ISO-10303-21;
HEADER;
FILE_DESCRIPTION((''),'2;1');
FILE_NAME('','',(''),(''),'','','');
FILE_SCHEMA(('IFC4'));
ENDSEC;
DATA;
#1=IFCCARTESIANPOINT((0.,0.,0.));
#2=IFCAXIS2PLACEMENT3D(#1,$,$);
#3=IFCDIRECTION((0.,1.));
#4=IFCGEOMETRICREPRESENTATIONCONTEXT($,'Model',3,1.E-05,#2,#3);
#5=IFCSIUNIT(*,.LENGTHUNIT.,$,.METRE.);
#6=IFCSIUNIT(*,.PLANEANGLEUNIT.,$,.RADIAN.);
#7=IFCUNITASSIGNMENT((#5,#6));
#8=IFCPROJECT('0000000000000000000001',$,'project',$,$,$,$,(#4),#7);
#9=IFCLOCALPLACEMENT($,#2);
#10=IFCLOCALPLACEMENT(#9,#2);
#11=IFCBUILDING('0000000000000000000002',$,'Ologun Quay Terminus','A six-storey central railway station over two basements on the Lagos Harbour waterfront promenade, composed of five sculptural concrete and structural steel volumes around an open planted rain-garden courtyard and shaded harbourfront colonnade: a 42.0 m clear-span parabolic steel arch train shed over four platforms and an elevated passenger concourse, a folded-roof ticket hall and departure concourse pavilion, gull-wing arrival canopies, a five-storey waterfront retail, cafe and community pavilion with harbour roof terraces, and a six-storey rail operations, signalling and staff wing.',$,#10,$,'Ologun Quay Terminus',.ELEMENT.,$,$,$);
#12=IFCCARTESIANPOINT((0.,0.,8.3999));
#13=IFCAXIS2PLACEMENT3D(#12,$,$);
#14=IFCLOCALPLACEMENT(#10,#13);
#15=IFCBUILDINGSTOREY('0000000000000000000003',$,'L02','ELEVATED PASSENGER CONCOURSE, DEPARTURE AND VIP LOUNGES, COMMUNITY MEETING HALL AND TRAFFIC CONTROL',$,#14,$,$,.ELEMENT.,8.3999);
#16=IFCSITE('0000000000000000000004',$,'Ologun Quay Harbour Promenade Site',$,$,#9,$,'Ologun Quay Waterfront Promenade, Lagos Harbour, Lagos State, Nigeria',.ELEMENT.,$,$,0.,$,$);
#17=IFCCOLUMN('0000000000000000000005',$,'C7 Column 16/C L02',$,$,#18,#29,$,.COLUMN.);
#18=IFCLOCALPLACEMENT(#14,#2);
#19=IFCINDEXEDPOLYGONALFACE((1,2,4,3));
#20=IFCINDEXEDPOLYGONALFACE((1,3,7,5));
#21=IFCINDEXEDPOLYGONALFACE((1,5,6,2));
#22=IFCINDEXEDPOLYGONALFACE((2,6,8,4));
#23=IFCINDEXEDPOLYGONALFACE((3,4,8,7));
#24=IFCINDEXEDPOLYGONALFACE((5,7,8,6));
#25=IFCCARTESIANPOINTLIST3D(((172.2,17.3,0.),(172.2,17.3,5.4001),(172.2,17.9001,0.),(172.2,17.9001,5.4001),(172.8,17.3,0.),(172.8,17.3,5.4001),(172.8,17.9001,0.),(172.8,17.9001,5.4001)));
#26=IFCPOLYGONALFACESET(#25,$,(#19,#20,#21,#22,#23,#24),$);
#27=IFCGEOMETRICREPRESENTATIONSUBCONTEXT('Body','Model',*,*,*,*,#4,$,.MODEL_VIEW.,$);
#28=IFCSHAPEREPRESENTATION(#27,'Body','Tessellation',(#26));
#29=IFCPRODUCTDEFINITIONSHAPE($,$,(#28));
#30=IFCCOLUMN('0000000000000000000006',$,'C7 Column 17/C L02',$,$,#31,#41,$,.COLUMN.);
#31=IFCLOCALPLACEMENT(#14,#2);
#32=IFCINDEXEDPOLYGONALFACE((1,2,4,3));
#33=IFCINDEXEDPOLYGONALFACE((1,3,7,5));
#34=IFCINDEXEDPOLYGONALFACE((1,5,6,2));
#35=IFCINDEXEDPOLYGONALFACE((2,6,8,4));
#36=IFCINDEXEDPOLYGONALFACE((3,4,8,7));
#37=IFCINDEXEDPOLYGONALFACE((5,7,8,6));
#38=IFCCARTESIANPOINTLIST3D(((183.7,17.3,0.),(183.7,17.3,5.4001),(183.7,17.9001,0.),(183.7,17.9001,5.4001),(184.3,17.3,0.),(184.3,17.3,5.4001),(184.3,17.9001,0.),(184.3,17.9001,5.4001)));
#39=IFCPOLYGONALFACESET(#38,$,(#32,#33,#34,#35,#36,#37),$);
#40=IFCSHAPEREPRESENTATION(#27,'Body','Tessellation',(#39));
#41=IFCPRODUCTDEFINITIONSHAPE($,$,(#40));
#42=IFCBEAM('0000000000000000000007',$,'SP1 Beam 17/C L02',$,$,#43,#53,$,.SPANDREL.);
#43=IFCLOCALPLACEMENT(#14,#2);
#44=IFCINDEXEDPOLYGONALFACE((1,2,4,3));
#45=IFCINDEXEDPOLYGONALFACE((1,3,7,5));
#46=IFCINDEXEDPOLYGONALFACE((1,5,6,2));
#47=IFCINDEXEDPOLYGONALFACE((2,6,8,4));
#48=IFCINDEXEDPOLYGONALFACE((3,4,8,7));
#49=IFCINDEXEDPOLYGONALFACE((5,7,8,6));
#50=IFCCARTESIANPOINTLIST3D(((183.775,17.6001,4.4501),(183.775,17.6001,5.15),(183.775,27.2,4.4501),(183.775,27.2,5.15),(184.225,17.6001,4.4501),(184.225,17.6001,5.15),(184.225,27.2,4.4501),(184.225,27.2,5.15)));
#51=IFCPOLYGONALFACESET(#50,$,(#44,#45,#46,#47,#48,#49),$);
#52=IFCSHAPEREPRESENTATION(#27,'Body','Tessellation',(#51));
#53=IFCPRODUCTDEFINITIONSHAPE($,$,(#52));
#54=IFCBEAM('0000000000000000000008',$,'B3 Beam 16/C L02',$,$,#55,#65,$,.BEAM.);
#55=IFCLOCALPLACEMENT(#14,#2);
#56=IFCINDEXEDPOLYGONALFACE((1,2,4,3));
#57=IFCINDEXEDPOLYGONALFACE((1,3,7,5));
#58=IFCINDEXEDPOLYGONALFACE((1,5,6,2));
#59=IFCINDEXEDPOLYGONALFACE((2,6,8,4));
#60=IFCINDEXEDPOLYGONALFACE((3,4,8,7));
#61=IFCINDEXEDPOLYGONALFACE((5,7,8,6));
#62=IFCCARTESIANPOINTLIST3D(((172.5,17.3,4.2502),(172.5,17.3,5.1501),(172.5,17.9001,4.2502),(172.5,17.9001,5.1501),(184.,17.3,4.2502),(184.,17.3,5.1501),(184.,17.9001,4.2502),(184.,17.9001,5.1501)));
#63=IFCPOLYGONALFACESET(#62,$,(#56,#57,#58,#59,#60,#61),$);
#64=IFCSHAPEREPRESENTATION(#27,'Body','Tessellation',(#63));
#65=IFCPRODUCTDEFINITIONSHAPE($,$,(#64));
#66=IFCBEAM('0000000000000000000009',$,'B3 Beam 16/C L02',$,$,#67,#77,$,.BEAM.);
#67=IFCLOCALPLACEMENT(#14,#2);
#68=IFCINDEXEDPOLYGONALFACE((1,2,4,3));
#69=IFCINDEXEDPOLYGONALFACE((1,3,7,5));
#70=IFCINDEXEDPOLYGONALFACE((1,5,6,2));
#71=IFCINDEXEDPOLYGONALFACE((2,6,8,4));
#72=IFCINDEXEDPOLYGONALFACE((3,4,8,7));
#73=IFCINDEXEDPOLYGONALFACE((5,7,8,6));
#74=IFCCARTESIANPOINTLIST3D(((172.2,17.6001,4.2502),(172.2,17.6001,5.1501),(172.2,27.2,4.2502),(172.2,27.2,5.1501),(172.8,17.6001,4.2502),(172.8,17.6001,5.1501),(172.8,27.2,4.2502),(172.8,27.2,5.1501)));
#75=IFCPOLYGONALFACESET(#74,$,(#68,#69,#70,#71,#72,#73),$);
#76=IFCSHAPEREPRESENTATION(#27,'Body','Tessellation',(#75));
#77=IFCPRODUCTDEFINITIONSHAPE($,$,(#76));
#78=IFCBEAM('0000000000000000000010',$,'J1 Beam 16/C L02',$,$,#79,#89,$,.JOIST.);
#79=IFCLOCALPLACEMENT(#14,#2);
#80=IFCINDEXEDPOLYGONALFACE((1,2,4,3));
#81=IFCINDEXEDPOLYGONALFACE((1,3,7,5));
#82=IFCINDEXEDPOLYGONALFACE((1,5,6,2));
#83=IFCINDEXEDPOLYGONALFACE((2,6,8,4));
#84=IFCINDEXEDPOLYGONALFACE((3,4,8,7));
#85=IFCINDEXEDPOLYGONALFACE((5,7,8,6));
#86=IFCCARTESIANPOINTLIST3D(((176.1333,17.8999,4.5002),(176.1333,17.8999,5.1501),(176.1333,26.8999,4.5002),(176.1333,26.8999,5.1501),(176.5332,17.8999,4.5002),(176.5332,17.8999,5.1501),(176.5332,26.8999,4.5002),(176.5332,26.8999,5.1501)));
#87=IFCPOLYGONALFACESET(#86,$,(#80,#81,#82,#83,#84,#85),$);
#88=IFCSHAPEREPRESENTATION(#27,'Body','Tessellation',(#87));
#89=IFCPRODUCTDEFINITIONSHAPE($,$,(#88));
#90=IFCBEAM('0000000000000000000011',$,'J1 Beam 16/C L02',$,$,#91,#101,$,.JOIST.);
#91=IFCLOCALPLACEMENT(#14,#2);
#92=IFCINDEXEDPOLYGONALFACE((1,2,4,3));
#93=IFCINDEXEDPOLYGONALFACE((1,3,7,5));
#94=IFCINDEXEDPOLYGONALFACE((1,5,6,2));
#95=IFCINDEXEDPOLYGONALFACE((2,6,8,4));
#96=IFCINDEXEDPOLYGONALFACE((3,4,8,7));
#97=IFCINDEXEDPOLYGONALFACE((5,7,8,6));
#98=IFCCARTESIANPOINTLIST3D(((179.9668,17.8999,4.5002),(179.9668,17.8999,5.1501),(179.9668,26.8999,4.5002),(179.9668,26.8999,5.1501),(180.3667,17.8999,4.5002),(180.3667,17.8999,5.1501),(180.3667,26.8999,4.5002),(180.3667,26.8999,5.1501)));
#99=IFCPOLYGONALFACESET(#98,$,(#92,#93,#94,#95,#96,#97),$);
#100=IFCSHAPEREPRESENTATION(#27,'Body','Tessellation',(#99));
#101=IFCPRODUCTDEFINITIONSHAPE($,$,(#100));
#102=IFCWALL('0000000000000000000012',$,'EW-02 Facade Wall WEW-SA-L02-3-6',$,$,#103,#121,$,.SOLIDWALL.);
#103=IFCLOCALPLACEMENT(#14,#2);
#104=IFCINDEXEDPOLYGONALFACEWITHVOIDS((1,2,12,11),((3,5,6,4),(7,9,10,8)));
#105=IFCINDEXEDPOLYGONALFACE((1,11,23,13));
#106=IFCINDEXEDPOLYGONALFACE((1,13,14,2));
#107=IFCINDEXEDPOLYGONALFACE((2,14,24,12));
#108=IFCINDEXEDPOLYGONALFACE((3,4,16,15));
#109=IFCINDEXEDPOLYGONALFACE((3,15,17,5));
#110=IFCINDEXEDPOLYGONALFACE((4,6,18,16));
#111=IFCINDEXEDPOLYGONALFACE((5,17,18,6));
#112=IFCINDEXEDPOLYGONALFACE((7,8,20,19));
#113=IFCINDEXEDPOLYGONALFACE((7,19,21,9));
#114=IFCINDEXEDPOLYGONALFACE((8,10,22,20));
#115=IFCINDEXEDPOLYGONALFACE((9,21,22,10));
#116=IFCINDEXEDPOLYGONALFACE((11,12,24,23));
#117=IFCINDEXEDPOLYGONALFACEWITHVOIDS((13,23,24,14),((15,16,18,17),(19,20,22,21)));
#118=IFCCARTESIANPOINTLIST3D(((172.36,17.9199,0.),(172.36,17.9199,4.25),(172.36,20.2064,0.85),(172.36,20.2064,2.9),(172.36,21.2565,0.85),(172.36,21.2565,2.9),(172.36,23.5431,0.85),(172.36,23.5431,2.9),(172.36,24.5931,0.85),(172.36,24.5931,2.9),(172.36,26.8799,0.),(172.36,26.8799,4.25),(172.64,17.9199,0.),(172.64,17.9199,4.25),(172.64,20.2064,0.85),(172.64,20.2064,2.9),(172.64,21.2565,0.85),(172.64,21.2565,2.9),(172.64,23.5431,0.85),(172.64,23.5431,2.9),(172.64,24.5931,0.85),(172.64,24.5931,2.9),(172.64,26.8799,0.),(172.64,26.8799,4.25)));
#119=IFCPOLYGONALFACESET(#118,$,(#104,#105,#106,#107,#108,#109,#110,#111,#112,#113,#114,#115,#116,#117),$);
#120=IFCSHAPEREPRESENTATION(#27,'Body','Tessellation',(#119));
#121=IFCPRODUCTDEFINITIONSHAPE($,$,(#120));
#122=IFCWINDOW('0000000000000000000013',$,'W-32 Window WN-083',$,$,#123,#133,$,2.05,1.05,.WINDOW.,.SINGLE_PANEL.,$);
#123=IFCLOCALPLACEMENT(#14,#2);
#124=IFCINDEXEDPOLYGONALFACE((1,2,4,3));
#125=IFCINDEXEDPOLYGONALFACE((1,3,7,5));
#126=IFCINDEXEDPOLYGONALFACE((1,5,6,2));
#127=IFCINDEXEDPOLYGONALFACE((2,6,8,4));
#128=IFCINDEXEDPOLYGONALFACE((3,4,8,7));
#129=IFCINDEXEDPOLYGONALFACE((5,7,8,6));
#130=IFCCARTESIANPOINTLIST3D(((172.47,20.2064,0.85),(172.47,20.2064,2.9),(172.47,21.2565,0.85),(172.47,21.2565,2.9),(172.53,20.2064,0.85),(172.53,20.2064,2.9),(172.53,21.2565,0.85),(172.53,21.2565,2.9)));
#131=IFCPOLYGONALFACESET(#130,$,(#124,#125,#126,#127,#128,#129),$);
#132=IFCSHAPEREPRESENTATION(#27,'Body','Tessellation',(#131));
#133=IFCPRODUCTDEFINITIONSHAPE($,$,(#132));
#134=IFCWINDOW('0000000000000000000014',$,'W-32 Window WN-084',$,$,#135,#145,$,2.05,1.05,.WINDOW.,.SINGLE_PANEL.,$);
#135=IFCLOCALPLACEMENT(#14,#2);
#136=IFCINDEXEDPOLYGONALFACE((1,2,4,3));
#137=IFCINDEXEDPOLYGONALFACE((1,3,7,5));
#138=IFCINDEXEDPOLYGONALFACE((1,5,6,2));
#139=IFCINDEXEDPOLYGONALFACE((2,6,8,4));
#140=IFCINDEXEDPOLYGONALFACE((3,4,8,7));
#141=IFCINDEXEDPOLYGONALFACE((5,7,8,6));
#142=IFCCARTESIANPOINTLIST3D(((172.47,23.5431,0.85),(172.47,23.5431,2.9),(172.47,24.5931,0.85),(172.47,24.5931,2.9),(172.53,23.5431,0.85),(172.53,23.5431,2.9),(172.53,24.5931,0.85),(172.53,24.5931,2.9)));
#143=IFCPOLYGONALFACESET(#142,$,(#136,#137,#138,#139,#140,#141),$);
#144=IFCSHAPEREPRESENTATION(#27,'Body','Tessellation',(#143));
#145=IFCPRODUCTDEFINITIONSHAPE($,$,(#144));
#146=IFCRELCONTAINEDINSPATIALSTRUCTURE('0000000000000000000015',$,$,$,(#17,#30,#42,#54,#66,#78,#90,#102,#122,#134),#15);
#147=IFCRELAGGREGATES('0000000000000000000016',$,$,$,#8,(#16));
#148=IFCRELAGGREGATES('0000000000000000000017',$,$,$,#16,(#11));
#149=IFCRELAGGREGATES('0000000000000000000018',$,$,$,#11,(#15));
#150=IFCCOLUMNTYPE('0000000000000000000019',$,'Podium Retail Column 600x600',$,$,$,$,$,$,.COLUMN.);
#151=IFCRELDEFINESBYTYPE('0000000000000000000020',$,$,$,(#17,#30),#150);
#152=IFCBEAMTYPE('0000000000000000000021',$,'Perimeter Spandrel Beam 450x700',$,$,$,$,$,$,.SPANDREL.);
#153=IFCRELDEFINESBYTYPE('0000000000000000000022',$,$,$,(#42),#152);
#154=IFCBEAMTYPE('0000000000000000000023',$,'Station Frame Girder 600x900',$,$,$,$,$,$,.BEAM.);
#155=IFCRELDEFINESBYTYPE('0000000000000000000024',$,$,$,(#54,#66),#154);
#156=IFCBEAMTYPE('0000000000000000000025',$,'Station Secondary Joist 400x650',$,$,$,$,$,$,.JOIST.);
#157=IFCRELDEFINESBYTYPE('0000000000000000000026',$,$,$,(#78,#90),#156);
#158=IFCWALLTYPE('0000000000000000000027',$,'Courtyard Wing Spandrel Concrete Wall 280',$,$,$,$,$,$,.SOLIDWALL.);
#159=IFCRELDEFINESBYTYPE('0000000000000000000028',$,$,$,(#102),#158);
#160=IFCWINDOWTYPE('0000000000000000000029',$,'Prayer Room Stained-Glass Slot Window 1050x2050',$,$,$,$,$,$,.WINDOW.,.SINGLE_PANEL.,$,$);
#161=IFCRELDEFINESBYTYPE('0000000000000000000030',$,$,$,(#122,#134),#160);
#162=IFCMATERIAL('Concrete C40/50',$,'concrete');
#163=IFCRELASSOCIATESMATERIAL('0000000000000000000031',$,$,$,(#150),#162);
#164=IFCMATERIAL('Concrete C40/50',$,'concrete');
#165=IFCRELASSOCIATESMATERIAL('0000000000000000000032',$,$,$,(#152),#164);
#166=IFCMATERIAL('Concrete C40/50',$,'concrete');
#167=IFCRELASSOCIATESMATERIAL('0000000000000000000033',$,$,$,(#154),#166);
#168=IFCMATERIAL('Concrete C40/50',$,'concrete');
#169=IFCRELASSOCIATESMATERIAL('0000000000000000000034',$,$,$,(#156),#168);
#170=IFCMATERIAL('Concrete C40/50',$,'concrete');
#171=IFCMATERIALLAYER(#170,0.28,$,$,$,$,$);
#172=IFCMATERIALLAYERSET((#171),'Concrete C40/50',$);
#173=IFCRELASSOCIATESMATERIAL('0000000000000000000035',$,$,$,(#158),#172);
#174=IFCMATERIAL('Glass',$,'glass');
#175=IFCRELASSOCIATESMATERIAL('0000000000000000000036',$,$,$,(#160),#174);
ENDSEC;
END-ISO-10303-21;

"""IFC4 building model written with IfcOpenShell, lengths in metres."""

from ifc_helpers import new_model, si_unit, direction, frame, frame_2d, origin, origin_2d, place, context, subcontext, project, spatial, rectangle, extrude, material, layer, layer_set, material_profile, profile_set, type_object, element, fill, save


model = new_model("IFC4")

# Units and contexts
model_context = context("Model", 3, precision=1e-05, world=origin(), true_north=direction((0.0, 1.0)))
body_context = subcontext(model_context, "Body", "Model", "MODEL_VIEW")
ifc_project = project(units=[si_unit("LENGTHUNIT", "METRE"), si_unit("PLANEANGLEUNIT", "RADIAN")], contexts=[model_context])

# Site, building, storey
site_placement = place(None, origin())
site = spatial("IfcSite", under=ifc_project, at=site_placement, Name="Ologun Quay Harbour Promenade Site", LongName="Ologun Quay Waterfront Promenade, Lagos Harbour, Lagos State, Nigeria", CompositionType="ELEMENT", RefElevation=0.0)
building_placement = place(site_placement, origin())
building = spatial("IfcBuilding", under=site, at=building_placement, Name="Ologun Quay Terminus", Description="A six-storey central railway station over two basements on the Lagos Harbour waterfront promenade, composed of five sculptural concrete and structural steel volumes around an open planted rain-garden courtyard and shaded harbourfront colonnade: a 42.0 m clear-span parabolic steel arch train shed over four platforms and an elevated passenger concourse, a folded-roof ticket hall and departure concourse pavilion, gull-wing arrival canopies, a five-storey waterfront retail, cafe and community pavilion with harbour roof terraces, and a six-storey rail operations, signalling and staff wing.", LongName="Ologun Quay Terminus", CompositionType="ELEMENT")
storey_placement = place(building_placement, frame((0.0, 0.0, 8.3999)))
storey = spatial("IfcBuildingStorey", under=building, at=storey_placement, Name="L02", Description="ELEVATED PASSENGER CONCOURSE, DEPARTURE AND VIP LOUNGES, COMMUNITY MEETING HALL AND TRAFFIC CONTROL", CompositionType="ELEMENT", Elevation=8.3999)

# Columns
ifc_material_1 = material(Name="Concrete C40/50", Category="concrete")
ifc_material_profile_1 = material_profile(ifc_material_1, rectangle(XDim=0.6001, YDim=0.6001, at=origin_2d()), Name="RC 600x600")
ifc_profile_set_1 = profile_set([ifc_material_profile_1], Name="Concrete C40/50")
column_type = type_object("IfcColumnType", Name="Podium Retail Column 600x600", PredefinedType="COLUMN", material=ifc_profile_set_1)
for number, where, z_axis, x_axis, name in (
    (1, (172.5, 17.6001, 0.0), (0.0, 0.0, 1.0), (1.0, 0.0, 0.0), "C7 Column 16/C L02"),
    (2, (184.0, 17.6001, 0.0), (0.0, 0.0, 1.0), (1.0, 0.0, 0.0), "C7 Column 17/C L02"),
):
    element("IfcColumn", number, at=place(storey_placement, frame(where, z_axis=z_axis, x_axis=x_axis)), inside=storey, type_object=column_type, Name=name, PredefinedType="COLUMN", context=body_context, shape_type="SweptSolid", body=[
        extrude(rectangle(XDim=0.6001, YDim=0.6001, at=origin_2d()), origin(), (0.0, 0.0, 1.0), 5.4001),
    ])

# Beams
ifc_material_2 = material(Name="Concrete C40/50", Category="concrete")
ifc_material_profile_2 = material_profile(ifc_material_2, rectangle(XDim=0.45, YDim=0.7, at=origin_2d()), Name="RC 450x700")
ifc_profile_set_2 = profile_set([ifc_material_profile_2], Name="Concrete C40/50")
beam_type_1 = type_object("IfcBeamType", Name="Perimeter Spandrel Beam 450x700", PredefinedType="SPANDREL", material=ifc_profile_set_2)
beam_1_placement = place(storey_placement, frame((184.0, 17.6001, 4.8), z_axis=(0.0, 1.0, 0.0), x_axis=(-1.0, 0.0, 0.0)))
element("IfcBeam", 3, at=beam_1_placement, inside=storey, type_object=beam_type_1, Name="SP1 Beam 17/C L02", PredefinedType="SPANDREL", context=body_context, shape_type="SweptSolid", body=[
    extrude(rectangle(XDim=0.45, YDim=0.7, at=origin_2d()), origin(), (0.0, 0.0, 1.0), 9.5999),
])
ifc_material_3 = material(Name="Concrete C40/50", Category="concrete")
ifc_material_profile_3 = material_profile(ifc_material_3, rectangle(XDim=0.6001, YDim=0.8999, at=origin_2d()), Name="RC 600x900")
ifc_profile_set_3 = profile_set([ifc_material_profile_3], Name="Concrete C40/50")
beam_type_2 = type_object("IfcBeamType", Name="Station Frame Girder 600x900", PredefinedType="BEAM", material=ifc_profile_set_3)
beam_2_placement = place(storey_placement, frame((172.5, 17.6001, 4.7002), z_axis=(1.0, 0.0, 0.0), x_axis=(0.0, 1.0, 0.0)))
element("IfcBeam", 4, at=beam_2_placement, inside=storey, type_object=beam_type_2, Name="B3 Beam 16/C L02", PredefinedType="BEAM", context=body_context, shape_type="SweptSolid", body=[
    extrude(rectangle(XDim=0.6001, YDim=0.8999, at=origin_2d()), origin(), (0.0, 0.0, 1.0), 11.5),
])
beam_3_placement = place(storey_placement, frame((172.5, 17.6001, 4.7002), z_axis=(0.0, 1.0, 0.0), x_axis=(-1.0, 0.0, 0.0)))
element("IfcBeam", 5, at=beam_3_placement, inside=storey, type_object=beam_type_2, Name="B3 Beam 16/C L02", PredefinedType="BEAM", context=body_context, shape_type="SweptSolid", body=[
    extrude(rectangle(XDim=0.6001, YDim=0.8999, at=origin_2d()), origin(), (0.0, 0.0, 1.0), 9.5999),
])
ifc_material_4 = material(Name="Concrete C40/50", Category="concrete")
ifc_material_profile_4 = material_profile(ifc_material_4, rectangle(XDim=0.3999, YDim=0.6499, at=origin_2d()), Name="RC 400x650")
ifc_profile_set_4 = profile_set([ifc_material_profile_4], Name="Concrete C40/50")
beam_type_3 = type_object("IfcBeamType", Name="Station Secondary Joist 400x650", PredefinedType="JOIST", material=ifc_profile_set_4)
for number, where, z_axis, x_axis, name in (
    (6, (176.3333, 17.8999, 4.8252), (0.0, 1.0, 0.0), (-1.0, 0.0, 0.0), "J1 Beam 16/C L02"),
    (7, (180.1667, 17.8999, 4.8252), (0.0, 1.0, 0.0), (-1.0, 0.0, 0.0), "J1 Beam 16/C L02"),
):
    element("IfcBeam", number, at=place(storey_placement, frame(where, z_axis=z_axis, x_axis=x_axis)), inside=storey, type_object=beam_type_3, Name=name, PredefinedType="JOIST", context=body_context, shape_type="SweptSolid", body=[
        extrude(rectangle(XDim=0.3999, YDim=0.6499, at=origin_2d()), origin(), (0.0, 0.0, 1.0), 9.0),
    ])

# Wall, openings, windows
ifc_material_5 = material(Name="Concrete C40/50", Category="concrete")
ifc_layer_1 = layer(ifc_material_5, 0.28)
ifc_layer_set_1 = layer_set([ifc_layer_1], Name="Concrete C40/50")
wall_type_1 = type_object("IfcWallType", Name="Courtyard Wing Spandrel Concrete Wall 280", PredefinedType="SOLIDWALL", material=ifc_layer_set_1)
wall_1_placement = place(storey_placement, frame((172.5, 17.9199, 0.0), z_axis=(0.0, 0.0, 1.0), x_axis=(0.0, 1.0, 0.0)))
wall_1 = element("IfcWall", 8, at=wall_1_placement, inside=storey, type_object=wall_type_1, Name="EW-02 Facade Wall WEW-SA-L02-3-6", PredefinedType="SOLIDWALL", context=body_context, shape_type="SweptSolid", body=[
    extrude(rectangle(XDim=8.96, YDim=0.28, at=frame_2d((4.48, 0.0))), origin(), (0.0, 0.0, 1.0), 4.25),
])
opening_1_placement = place(wall_1_placement, frame((2.2866, 0.0, 0.8501)))
opening_1 = element("IfcOpeningElement", 9, at=opening_1_placement, cuts=wall_1, PredefinedType="OPENING", context=body_context, shape_type="SweptSolid", body=[
    extrude(rectangle(XDim=1.05, YDim=2.05, at=frame_2d((0.5249, 1.0249))), frame((0.0, 0.1499, 0.0), z_axis=(0.0, -1.0, 0.0), x_axis=(1.0, 0.0, 0.0)), (0.0, 0.0, 1.0), 0.3),
])
opening_2_placement = place(wall_1_placement, frame((5.6233, 0.0, 0.8501)))
opening_2 = element("IfcOpeningElement", 10, at=opening_2_placement, cuts=wall_1, PredefinedType="OPENING", context=body_context, shape_type="SweptSolid", body=[
    extrude(rectangle(XDim=1.05, YDim=2.05, at=frame_2d((0.5249, 1.0249))), frame((0.0, 0.1499, 0.0), z_axis=(0.0, -1.0, 0.0), x_axis=(1.0, 0.0, 0.0)), (0.0, 0.0, 1.0), 0.3),
])
ifc_material_6 = material(Name="Glass", Category="glass")
window_type_1 = type_object("IfcWindowType", Name="Prayer Room Stained-Glass Slot Window 1050x2050", PartitioningType="SINGLE_PANEL", PredefinedType="WINDOW", material=ifc_material_6)
window_1_placement = place(opening_1_placement, origin())
window_1 = element("IfcWindow", 11, at=window_1_placement, inside=storey, type_object=window_type_1, Name="W-32 Window WN-083", OverallHeight=2.05, OverallWidth=1.05, PartitioningType="SINGLE_PANEL", PredefinedType="WINDOW", context=body_context, shape_type="SweptSolid", body=[
    extrude(rectangle(XDim=1.05, YDim=2.05, at=frame_2d((0.5249, 1.0249))), frame((0.0, 0.03, 0.0), z_axis=(0.0, -1.0, 0.0), x_axis=(1.0, 0.0, 0.0)), (0.0, 0.0, 1.0), 0.0601),
])
fill(opening_1, window_1)
window_2_placement = place(opening_2_placement, origin())
window_2 = element("IfcWindow", 12, at=window_2_placement, inside=storey, type_object=window_type_1, Name="W-32 Window WN-084", OverallHeight=2.05, OverallWidth=1.05, PartitioningType="SINGLE_PANEL", PredefinedType="WINDOW", context=body_context, shape_type="SweptSolid", body=[
    extrude(rectangle(XDim=1.05, YDim=2.05, at=frame_2d((0.5249, 1.0249))), frame((0.0, 0.03, 0.0), z_axis=(0.0, -1.0, 0.0), x_axis=(1.0, 0.0, 0.0)), (0.0, 0.0, 1.0), 0.0601),
])
fill(opening_2, window_2)

save(model, "model.ifc")
